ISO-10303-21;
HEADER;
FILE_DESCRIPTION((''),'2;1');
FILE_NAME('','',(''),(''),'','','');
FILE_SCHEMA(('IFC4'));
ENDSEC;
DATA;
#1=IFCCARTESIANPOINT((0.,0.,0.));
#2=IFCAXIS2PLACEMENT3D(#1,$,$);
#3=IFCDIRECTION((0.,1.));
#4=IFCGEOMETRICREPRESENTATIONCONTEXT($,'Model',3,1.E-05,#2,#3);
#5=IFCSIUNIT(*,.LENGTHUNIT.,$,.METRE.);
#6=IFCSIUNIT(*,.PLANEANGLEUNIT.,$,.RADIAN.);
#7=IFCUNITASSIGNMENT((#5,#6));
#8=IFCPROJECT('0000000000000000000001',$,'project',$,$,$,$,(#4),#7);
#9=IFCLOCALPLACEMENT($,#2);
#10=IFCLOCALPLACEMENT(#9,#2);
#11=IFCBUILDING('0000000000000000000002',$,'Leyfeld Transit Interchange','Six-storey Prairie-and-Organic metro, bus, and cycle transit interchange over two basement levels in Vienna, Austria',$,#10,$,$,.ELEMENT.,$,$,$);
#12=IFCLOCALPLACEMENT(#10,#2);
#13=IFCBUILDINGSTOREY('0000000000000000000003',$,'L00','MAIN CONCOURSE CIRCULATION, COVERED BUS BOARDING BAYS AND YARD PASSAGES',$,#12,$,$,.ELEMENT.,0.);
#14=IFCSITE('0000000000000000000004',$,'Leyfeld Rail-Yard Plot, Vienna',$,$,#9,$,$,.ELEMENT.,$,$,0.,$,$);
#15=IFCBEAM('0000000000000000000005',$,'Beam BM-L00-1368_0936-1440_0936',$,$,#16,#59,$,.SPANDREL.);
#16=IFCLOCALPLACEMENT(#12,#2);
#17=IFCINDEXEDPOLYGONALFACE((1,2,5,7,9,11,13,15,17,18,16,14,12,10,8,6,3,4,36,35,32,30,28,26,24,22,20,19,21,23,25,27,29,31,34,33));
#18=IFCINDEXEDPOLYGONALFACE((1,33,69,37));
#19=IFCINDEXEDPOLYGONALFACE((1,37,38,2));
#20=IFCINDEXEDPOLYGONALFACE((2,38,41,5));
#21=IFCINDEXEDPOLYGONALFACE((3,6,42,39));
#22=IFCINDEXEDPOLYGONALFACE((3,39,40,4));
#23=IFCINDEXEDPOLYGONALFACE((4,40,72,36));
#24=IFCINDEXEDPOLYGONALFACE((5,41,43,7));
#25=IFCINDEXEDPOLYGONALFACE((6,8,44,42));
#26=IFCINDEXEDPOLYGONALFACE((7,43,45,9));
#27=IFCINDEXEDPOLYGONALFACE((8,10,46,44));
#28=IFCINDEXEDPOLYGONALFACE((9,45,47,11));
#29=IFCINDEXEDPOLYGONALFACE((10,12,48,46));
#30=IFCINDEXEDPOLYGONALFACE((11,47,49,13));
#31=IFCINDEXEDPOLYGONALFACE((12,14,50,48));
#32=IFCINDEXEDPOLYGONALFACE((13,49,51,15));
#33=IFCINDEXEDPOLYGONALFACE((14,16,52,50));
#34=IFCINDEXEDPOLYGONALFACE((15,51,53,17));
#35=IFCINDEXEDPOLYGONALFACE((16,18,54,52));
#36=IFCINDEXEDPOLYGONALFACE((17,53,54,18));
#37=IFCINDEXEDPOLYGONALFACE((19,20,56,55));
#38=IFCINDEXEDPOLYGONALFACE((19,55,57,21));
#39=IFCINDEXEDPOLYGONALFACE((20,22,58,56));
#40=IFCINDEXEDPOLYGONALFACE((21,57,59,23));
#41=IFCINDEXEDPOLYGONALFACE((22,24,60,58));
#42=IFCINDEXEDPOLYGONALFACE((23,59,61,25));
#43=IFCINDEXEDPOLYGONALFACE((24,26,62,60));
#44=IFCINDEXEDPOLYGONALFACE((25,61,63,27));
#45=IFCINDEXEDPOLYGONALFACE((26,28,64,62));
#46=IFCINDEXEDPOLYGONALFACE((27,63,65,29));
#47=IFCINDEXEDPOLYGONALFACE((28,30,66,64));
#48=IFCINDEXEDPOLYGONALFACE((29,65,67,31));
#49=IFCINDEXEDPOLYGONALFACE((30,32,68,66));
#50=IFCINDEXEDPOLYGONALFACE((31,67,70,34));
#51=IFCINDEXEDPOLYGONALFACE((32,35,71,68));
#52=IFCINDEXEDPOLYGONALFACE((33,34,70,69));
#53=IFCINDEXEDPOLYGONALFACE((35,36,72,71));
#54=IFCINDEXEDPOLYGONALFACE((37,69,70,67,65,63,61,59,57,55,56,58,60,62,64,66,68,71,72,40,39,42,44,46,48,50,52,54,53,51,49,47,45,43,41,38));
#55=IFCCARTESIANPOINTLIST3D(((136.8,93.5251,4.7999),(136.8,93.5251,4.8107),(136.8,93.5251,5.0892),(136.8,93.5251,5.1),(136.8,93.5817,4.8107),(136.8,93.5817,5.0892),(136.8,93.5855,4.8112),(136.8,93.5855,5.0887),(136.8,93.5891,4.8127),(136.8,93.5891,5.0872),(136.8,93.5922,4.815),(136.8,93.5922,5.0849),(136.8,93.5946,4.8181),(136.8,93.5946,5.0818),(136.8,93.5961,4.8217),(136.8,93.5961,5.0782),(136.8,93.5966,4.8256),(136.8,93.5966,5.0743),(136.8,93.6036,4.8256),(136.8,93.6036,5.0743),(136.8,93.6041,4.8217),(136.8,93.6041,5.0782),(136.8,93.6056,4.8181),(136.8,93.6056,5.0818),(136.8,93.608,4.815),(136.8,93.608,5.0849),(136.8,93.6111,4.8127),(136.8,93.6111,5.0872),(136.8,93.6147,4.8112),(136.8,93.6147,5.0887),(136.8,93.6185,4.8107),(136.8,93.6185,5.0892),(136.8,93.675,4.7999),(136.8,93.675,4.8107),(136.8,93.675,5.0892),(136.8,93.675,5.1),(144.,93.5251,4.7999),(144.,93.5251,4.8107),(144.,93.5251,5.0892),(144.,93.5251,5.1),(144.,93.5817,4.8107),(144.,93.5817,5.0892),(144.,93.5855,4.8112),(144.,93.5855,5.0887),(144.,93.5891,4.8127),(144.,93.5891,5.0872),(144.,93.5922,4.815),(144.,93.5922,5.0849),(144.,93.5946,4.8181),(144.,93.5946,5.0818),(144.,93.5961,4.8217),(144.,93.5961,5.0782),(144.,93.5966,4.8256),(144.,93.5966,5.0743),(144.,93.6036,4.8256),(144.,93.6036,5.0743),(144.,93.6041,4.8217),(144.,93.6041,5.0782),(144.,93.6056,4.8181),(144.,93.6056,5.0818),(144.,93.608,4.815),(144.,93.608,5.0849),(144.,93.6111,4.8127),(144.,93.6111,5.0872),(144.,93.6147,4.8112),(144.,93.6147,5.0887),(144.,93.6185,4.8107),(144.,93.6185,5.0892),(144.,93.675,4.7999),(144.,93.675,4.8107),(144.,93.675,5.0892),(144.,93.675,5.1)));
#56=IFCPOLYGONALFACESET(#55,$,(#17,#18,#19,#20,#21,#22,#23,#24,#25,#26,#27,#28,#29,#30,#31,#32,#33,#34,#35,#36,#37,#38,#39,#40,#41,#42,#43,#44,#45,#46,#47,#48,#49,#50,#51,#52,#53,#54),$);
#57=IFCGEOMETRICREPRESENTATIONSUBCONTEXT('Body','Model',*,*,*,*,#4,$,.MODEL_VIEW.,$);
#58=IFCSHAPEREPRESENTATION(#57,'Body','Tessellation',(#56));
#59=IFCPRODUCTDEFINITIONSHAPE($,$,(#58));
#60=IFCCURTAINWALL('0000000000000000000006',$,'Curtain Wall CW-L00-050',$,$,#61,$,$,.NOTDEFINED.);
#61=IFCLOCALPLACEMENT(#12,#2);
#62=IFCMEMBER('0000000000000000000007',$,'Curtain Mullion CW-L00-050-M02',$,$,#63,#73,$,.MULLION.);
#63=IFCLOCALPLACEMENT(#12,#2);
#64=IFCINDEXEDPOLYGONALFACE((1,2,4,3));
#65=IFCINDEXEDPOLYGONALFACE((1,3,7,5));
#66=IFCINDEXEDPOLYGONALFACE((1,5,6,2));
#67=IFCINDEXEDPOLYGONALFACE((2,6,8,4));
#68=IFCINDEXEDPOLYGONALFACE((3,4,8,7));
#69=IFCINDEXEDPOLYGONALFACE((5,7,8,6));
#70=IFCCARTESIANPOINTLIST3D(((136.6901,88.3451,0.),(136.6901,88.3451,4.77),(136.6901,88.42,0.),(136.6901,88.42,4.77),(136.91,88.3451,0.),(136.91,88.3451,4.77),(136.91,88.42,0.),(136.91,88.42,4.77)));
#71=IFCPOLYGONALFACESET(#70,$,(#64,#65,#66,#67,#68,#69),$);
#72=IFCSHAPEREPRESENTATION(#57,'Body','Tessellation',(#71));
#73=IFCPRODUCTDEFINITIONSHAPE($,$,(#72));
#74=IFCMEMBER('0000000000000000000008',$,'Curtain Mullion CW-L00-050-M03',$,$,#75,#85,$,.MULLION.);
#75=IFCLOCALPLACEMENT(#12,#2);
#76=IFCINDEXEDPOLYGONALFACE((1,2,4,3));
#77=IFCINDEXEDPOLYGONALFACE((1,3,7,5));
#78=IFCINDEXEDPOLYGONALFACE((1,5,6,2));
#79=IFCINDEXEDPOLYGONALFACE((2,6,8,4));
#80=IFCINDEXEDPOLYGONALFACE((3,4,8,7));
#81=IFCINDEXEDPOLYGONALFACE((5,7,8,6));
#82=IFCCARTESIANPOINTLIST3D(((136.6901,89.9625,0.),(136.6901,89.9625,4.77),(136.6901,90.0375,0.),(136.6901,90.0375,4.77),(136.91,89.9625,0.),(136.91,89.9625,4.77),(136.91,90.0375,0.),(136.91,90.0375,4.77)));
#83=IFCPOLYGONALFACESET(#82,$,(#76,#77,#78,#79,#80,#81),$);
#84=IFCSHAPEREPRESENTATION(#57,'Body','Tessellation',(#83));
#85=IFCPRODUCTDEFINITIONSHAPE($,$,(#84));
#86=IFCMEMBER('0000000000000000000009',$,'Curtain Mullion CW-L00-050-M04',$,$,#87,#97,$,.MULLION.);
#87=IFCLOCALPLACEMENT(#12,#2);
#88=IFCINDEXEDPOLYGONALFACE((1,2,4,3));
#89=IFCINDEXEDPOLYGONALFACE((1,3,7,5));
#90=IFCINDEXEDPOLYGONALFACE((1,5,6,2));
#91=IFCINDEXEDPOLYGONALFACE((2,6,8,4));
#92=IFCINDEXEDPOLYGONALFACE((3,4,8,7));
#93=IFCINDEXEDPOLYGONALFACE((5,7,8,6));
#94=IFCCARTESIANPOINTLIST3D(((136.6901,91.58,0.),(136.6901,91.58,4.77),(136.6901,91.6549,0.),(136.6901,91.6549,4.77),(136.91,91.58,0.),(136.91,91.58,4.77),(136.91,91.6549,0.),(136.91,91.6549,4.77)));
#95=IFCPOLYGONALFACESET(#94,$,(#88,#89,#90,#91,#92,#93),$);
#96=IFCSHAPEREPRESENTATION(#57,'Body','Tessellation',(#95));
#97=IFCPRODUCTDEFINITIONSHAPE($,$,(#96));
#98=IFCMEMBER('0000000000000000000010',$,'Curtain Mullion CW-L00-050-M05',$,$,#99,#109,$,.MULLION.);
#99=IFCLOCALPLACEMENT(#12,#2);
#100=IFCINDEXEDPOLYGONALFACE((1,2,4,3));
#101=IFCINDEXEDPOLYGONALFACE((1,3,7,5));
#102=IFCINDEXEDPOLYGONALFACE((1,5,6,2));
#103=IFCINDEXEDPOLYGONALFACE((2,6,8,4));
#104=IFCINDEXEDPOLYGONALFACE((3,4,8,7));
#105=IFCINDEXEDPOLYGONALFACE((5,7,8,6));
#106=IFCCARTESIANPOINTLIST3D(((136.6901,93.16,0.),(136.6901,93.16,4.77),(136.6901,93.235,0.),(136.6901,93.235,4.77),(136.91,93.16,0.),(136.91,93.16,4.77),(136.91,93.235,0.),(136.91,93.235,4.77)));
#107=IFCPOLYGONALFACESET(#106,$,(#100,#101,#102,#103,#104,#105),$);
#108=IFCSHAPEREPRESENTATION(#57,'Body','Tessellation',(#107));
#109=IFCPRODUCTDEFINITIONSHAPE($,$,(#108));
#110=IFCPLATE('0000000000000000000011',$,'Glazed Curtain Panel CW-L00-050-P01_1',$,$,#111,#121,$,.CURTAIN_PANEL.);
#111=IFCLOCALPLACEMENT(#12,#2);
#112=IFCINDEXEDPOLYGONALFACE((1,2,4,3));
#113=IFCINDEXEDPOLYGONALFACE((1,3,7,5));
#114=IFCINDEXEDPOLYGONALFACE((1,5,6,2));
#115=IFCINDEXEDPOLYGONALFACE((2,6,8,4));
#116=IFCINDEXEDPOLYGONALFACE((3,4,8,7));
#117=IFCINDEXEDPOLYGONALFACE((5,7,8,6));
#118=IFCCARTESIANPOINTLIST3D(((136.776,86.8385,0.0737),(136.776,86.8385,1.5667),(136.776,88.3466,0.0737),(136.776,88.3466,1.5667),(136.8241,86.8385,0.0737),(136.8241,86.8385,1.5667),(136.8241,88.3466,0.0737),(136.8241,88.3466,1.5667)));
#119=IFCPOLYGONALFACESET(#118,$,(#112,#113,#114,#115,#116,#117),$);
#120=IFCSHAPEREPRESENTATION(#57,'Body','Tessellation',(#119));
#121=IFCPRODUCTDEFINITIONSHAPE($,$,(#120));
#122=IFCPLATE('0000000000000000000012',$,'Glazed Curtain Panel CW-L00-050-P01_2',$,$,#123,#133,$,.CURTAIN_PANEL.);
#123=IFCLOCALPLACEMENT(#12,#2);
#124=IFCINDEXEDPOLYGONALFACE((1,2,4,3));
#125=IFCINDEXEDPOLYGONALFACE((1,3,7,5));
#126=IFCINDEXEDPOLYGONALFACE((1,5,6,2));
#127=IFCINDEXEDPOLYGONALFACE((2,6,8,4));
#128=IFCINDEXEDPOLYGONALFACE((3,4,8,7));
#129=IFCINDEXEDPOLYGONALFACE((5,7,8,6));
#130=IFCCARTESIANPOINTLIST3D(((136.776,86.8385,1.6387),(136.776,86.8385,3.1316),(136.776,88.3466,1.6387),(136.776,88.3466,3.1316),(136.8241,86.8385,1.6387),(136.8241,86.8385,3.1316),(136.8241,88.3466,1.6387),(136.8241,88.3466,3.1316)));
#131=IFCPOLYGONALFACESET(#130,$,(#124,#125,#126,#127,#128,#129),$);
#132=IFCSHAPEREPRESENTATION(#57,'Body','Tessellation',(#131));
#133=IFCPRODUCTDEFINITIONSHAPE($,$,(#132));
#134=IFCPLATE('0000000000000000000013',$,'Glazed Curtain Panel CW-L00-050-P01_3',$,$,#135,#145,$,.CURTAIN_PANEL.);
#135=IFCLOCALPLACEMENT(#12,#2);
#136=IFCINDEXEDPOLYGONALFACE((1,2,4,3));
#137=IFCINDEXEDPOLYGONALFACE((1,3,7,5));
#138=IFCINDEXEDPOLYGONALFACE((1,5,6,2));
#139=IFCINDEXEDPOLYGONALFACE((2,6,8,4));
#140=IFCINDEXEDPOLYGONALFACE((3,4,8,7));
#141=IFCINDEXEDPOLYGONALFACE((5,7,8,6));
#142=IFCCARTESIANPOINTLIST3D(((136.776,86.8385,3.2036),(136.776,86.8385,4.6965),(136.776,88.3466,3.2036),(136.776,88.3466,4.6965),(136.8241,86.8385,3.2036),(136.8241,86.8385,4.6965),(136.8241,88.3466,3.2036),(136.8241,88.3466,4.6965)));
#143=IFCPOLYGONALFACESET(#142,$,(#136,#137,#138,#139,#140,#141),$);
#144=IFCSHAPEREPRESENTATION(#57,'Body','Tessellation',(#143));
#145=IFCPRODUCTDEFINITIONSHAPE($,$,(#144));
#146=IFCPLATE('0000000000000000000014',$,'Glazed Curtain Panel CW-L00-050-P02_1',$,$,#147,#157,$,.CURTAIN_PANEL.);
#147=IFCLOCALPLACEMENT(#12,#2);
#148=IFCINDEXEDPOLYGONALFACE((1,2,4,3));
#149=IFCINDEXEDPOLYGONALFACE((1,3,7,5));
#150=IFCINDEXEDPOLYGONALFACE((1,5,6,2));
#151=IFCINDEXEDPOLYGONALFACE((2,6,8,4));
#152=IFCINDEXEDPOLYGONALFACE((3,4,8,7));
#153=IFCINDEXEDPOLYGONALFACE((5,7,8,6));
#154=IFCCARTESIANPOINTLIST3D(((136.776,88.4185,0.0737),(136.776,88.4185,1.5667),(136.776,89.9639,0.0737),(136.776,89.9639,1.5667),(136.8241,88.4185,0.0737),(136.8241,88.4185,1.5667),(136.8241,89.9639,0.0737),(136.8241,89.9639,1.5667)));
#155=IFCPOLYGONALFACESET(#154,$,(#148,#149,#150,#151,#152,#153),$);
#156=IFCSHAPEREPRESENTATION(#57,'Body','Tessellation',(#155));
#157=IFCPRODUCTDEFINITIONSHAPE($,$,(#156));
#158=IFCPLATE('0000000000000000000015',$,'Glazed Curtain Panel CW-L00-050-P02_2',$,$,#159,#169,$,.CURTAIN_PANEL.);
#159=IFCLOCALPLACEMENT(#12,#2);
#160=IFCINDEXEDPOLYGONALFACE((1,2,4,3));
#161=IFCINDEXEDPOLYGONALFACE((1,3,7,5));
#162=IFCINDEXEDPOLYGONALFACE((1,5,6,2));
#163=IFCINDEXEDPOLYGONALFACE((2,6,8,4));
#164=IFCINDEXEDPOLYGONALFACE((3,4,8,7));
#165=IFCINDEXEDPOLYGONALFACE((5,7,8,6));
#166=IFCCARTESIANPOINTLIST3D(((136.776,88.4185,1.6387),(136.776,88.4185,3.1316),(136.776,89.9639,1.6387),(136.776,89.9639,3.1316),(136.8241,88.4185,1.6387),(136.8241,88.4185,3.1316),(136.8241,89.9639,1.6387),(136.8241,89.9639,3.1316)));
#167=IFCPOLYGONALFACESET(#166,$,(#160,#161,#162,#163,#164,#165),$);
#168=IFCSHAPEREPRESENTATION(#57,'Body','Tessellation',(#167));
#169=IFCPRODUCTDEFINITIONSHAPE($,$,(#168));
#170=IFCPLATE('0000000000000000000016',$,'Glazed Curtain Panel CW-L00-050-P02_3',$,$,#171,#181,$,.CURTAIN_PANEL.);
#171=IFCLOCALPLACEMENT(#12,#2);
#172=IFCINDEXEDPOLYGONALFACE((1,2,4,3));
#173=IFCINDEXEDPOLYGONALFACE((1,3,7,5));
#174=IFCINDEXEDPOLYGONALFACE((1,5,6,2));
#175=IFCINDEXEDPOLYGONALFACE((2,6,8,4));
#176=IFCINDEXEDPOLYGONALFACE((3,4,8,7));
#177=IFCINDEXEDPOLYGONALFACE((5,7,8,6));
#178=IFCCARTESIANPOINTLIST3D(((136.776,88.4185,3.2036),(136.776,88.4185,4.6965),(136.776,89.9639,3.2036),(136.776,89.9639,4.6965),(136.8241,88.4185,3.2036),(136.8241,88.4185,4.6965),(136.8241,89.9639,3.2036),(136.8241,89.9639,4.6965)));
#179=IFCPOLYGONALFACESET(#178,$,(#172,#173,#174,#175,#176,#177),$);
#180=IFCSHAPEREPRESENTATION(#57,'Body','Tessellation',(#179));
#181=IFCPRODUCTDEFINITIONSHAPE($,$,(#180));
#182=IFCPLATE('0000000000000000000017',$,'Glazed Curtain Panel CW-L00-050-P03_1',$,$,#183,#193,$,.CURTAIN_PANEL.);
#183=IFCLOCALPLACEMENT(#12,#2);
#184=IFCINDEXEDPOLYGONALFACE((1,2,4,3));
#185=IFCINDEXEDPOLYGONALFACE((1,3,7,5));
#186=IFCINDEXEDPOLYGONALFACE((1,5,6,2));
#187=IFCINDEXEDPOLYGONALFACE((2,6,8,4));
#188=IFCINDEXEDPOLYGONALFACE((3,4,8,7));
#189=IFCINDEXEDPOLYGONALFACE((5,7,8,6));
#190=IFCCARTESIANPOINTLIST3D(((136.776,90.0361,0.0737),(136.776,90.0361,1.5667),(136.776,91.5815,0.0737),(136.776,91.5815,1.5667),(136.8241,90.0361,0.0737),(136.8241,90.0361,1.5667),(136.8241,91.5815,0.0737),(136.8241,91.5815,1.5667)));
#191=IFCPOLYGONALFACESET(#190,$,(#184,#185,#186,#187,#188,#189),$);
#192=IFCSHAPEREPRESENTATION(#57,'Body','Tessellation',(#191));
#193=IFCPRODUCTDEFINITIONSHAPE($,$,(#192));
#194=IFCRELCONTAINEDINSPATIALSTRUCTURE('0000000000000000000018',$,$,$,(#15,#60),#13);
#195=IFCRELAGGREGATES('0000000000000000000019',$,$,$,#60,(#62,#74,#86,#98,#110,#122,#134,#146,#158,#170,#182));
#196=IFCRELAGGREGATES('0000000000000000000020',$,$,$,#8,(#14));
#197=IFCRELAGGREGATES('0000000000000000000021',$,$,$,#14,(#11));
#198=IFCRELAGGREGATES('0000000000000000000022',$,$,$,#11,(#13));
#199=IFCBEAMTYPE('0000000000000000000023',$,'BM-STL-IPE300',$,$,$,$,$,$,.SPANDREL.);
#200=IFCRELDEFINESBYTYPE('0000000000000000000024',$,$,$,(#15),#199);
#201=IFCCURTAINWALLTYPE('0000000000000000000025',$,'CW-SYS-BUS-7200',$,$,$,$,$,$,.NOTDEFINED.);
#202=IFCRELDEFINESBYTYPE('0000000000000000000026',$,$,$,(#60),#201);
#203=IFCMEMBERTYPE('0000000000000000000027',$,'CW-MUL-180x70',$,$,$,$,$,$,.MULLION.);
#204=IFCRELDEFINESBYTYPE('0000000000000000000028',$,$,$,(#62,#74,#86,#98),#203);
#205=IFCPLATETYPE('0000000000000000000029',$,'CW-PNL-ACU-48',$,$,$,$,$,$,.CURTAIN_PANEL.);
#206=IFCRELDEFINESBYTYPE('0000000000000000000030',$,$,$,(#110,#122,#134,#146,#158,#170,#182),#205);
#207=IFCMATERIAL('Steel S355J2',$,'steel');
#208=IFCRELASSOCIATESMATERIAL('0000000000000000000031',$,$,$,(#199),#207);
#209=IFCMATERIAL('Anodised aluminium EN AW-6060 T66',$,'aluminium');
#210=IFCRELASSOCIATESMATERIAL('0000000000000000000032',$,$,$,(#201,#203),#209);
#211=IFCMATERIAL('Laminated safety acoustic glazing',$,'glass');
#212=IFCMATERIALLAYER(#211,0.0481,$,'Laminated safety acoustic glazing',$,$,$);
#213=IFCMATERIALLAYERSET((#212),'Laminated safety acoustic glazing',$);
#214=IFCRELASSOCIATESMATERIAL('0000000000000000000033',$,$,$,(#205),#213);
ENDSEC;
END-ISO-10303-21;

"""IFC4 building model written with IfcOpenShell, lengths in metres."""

from ifc_helpers import new_model, si_unit, direction, frame, origin, origin_2d, place, context, subcontext, project, spatial, rectangle, i_section, extrude, material, layer, layer_set, material_profile, profile_set, type_object, element, aggregate, save


model = new_model("IFC4")

# Units and contexts
model_context = context("Model", 3, precision=1e-05, world=origin(), true_north=direction((0.0, 1.0)))
body_context = subcontext(model_context, "Body", "Model", "MODEL_VIEW")
ifc_project = project(units=[si_unit("LENGTHUNIT", "METRE"), si_unit("PLANEANGLEUNIT", "RADIAN")], contexts=[model_context])

# Site, building, storey
site_placement = place(None, origin())
site = spatial("IfcSite", under=ifc_project, at=site_placement, Name="Leyfeld Rail-Yard Plot, Vienna", CompositionType="ELEMENT", RefElevation=0.0)
building_placement = place(site_placement, origin())
building = spatial("IfcBuilding", under=site, at=building_placement, Name="Leyfeld Transit Interchange", Description="Six-storey Prairie-and-Organic metro, bus, and cycle transit interchange over two basement levels in Vienna, Austria", CompositionType="ELEMENT")
storey_placement = place(building_placement, origin())
storey = spatial("IfcBuildingStorey", under=building, at=storey_placement, Name="L00", Description="MAIN CONCOURSE CIRCULATION, COVERED BUS BOARDING BAYS AND YARD PASSAGES", CompositionType="ELEMENT", Elevation=0.0)

# Beam
ifc_material_1 = material(Name="Steel S355J2", Category="steel")
ifc_material_profile_1 = material_profile(ifc_material_1, i_section(OverallWidth=0.1499, OverallDepth=0.3, WebThickness=0.0071, FlangeThickness=0.0107, FilletRadius=0.0149, at=origin_2d()), Name="IPE 300")
ifc_profile_set_1 = profile_set([ifc_material_profile_1], Name="Steel S355J2")
beam_type = type_object("IfcBeamType", Name="BM-STL-IPE300", PredefinedType="SPANDREL", material=ifc_profile_set_1)
beam_placement = place(storey_placement, frame((136.8, 93.6001, 4.95), z_axis=(1.0, 0.0, 0.0), x_axis=(0.0, 1.0, 0.0)))
element("IfcBeam", 1, at=beam_placement, inside=storey, type_object=beam_type, Name="Beam BM-L00-1368_0936-1440_0936", PredefinedType="SPANDREL", context=body_context, shape_type="SweptSolid", body=[
    extrude(i_section(OverallWidth=0.1499, OverallDepth=0.3, WebThickness=0.0071, FlangeThickness=0.0107, FilletRadius=0.0149, at=origin_2d()), origin(), (0.0, 0.0, 1.0), 7.2),
])

# Curtain wall, members, plates
ifc_material_2 = material(Name="Anodised aluminium EN AW-6060 T66", Category="aluminium")
curtain_wall_type = type_object("IfcCurtainWallType", Name="CW-SYS-BUS-7200", PredefinedType="NOTDEFINED", material=ifc_material_2)
curtain_wall_placement = place(storey_placement, origin())
curtain_wall = element("IfcCurtainWall", 2, at=curtain_wall_placement, inside=storey, type_object=curtain_wall_type, Name="Curtain Wall CW-L00-050", PredefinedType="NOTDEFINED")
ifc_material_profile_2 = material_profile(ifc_material_2, rectangle(XDim=0.075, YDim=0.22, at=origin_2d()), Name="CW-M 75x220")
ifc_profile_set_2 = profile_set([ifc_material_profile_2], Name="Anodised aluminium EN AW-6060 T66")
member_type = type_object("IfcMemberType", Name="CW-MUL-180x70", PredefinedType="MULLION", material=ifc_profile_set_2)
member_1_placement = place(storey_placement, frame((136.8, 88.3826, 0.0), z_axis=(0.0, 0.0, 1.0), x_axis=(0.0, 1.0, 0.0)))
member_1 = element("IfcMember", 3, at=member_1_placement, type_object=member_type, Name="Curtain Mullion CW-L00-050-M02", PredefinedType="MULLION", context=body_context, shape_type="SweptSolid", body=[
    extrude(rectangle(XDim=0.075, YDim=0.22, at=origin_2d()), origin(), (0.0, 0.0, 1.0), 4.77),
])
member_2_placement = place(storey_placement, frame((136.8, 90.0, 0.0), z_axis=(0.0, 0.0, 1.0), x_axis=(0.0, 1.0, 0.0)))
member_2 = element("IfcMember", 4, at=member_2_placement, type_object=member_type, Name="Curtain Mullion CW-L00-050-M03", PredefinedType="MULLION", context=body_context, shape_type="SweptSolid", body=[
    extrude(rectangle(XDim=0.075, YDim=0.22, at=origin_2d()), origin(), (0.0, 0.0, 1.0), 4.77),
])
member_3_placement = place(storey_placement, frame((136.8, 91.6174, 0.0), z_axis=(0.0, 0.0, 1.0), x_axis=(0.0, 1.0, 0.0)))
member_3 = element("IfcMember", 5, at=member_3_placement, type_object=member_type, Name="Curtain Mullion CW-L00-050-M04", PredefinedType="MULLION", context=body_context, shape_type="SweptSolid", body=[
    extrude(rectangle(XDim=0.075, YDim=0.22, at=origin_2d()), origin(), (0.0, 0.0, 1.0), 4.77),
])
member_4_placement = place(storey_placement, frame((136.8, 93.1975, 0.0), z_axis=(0.0, 0.0, 1.0), x_axis=(0.0, 1.0, 0.0)))
member_4 = element("IfcMember", 6, at=member_4_placement, type_object=member_type, Name="Curtain Mullion CW-L00-050-M05", PredefinedType="MULLION", context=body_context, shape_type="SweptSolid", body=[
    extrude(rectangle(XDim=0.075, YDim=0.22, at=origin_2d()), origin(), (0.0, 0.0, 1.0), 4.77),
])
ifc_material_3 = material(Name="Laminated safety acoustic glazing", Category="glass")
ifc_layer = layer(ifc_material_3, 0.0481, Name="Laminated safety acoustic glazing")
ifc_layer_set = layer_set([ifc_layer], Name="Laminated safety acoustic glazing")
plate_type = type_object("IfcPlateType", Name="CW-PNL-ACU-48", PredefinedType="CURTAIN_PANEL", material=ifc_layer_set)
plate_1_placement = place(storey_placement, frame((136.8, 87.5925, 0.0737), z_axis=(0.0, 0.0, 1.0), x_axis=(0.0, 1.0, 0.0)))
plate_1 = element("IfcPlate", 7, at=plate_1_placement, type_object=plate_type, Name="Glazed Curtain Panel CW-L00-050-P01_1", PredefinedType="CURTAIN_PANEL", context=body_context, shape_type="SweptSolid", body=[
    extrude(rectangle(XDim=1.5081, YDim=0.0481, at=origin_2d()), origin(), (0.0, 0.0, 1.0), 1.4929),
])
plate_2_placement = place(storey_placement, frame((136.8, 87.5925, 1.6387), z_axis=(0.0, 0.0, 1.0), x_axis=(0.0, 1.0, 0.0)))
plate_2 = element("IfcPlate", 8, at=plate_2_placement, type_object=plate_type, Name="Glazed Curtain Panel CW-L00-050-P01_2", PredefinedType="CURTAIN_PANEL", context=body_context, shape_type="SweptSolid", body=[
    extrude(rectangle(XDim=1.5081, YDim=0.0481, at=origin_2d()), origin(), (0.0, 0.0, 1.0), 1.4929),
])
plate_3_placement = place(storey_placement, frame((136.8, 87.5925, 3.2036), z_axis=(0.0, 0.0, 1.0), x_axis=(0.0, 1.0, 0.0)))
plate_3 = element("IfcPlate", 9, at=plate_3_placement, type_object=plate_type, Name="Glazed Curtain Panel CW-L00-050-P01_3", PredefinedType="CURTAIN_PANEL", context=body_context, shape_type="SweptSolid", body=[
    extrude(rectangle(XDim=1.5081, YDim=0.0481, at=origin_2d()), origin(), (0.0, 0.0, 1.0), 1.4929),
])
plate_4_placement = place(storey_placement, frame((136.8, 89.1912, 0.0737), z_axis=(0.0, 0.0, 1.0), x_axis=(0.0, 1.0, 0.0)))
plate_4 = element("IfcPlate", 10, at=plate_4_placement, type_object=plate_type, Name="Glazed Curtain Panel CW-L00-050-P02_1", PredefinedType="CURTAIN_PANEL", context=body_context, shape_type="SweptSolid", body=[
    extrude(rectangle(XDim=1.5454, YDim=0.0481, at=origin_2d()), origin(), (0.0, 0.0, 1.0), 1.4929),
])
plate_5_placement = place(storey_placement, frame((136.8, 89.1912, 1.6387), z_axis=(0.0, 0.0, 1.0), x_axis=(0.0, 1.0, 0.0)))
plate_5 = element("IfcPlate", 11, at=plate_5_placement, type_object=plate_type, Name="Glazed Curtain Panel CW-L00-050-P02_2", PredefinedType="CURTAIN_PANEL", context=body_context, shape_type="SweptSolid", body=[
    extrude(rectangle(XDim=1.5454, YDim=0.0481, at=origin_2d()), origin(), (0.0, 0.0, 1.0), 1.4929),
])
plate_6_placement = place(storey_placement, frame((136.8, 89.1912, 3.2036), z_axis=(0.0, 0.0, 1.0), x_axis=(0.0, 1.0, 0.0)))
plate_6 = element("IfcPlate", 12, at=plate_6_placement, type_object=plate_type, Name="Glazed Curtain Panel CW-L00-050-P02_3", PredefinedType="CURTAIN_PANEL", context=body_context, shape_type="SweptSolid", body=[
    extrude(rectangle(XDim=1.5454, YDim=0.0481, at=origin_2d()), origin(), (0.0, 0.0, 1.0), 1.4929),
])
plate_7_placement = place(storey_placement, frame((136.8, 90.8088, 0.0737), z_axis=(0.0, 0.0, 1.0), x_axis=(0.0, 1.0, 0.0)))
plate_7 = element("IfcPlate", 13, at=plate_7_placement, type_object=plate_type, Name="Glazed Curtain Panel CW-L00-050-P03_1", PredefinedType="CURTAIN_PANEL", context=body_context, shape_type="SweptSolid", body=[
    extrude(rectangle(XDim=1.5454, YDim=0.0481, at=origin_2d()), origin(), (0.0, 0.0, 1.0), 1.4929),
])
aggregate(curtain_wall, [member_1, member_2, member_3, member_4, plate_1, plate_2, plate_3, plate_4, plate_5, plate_6, plate_7])

save(model, "model.ifc")
